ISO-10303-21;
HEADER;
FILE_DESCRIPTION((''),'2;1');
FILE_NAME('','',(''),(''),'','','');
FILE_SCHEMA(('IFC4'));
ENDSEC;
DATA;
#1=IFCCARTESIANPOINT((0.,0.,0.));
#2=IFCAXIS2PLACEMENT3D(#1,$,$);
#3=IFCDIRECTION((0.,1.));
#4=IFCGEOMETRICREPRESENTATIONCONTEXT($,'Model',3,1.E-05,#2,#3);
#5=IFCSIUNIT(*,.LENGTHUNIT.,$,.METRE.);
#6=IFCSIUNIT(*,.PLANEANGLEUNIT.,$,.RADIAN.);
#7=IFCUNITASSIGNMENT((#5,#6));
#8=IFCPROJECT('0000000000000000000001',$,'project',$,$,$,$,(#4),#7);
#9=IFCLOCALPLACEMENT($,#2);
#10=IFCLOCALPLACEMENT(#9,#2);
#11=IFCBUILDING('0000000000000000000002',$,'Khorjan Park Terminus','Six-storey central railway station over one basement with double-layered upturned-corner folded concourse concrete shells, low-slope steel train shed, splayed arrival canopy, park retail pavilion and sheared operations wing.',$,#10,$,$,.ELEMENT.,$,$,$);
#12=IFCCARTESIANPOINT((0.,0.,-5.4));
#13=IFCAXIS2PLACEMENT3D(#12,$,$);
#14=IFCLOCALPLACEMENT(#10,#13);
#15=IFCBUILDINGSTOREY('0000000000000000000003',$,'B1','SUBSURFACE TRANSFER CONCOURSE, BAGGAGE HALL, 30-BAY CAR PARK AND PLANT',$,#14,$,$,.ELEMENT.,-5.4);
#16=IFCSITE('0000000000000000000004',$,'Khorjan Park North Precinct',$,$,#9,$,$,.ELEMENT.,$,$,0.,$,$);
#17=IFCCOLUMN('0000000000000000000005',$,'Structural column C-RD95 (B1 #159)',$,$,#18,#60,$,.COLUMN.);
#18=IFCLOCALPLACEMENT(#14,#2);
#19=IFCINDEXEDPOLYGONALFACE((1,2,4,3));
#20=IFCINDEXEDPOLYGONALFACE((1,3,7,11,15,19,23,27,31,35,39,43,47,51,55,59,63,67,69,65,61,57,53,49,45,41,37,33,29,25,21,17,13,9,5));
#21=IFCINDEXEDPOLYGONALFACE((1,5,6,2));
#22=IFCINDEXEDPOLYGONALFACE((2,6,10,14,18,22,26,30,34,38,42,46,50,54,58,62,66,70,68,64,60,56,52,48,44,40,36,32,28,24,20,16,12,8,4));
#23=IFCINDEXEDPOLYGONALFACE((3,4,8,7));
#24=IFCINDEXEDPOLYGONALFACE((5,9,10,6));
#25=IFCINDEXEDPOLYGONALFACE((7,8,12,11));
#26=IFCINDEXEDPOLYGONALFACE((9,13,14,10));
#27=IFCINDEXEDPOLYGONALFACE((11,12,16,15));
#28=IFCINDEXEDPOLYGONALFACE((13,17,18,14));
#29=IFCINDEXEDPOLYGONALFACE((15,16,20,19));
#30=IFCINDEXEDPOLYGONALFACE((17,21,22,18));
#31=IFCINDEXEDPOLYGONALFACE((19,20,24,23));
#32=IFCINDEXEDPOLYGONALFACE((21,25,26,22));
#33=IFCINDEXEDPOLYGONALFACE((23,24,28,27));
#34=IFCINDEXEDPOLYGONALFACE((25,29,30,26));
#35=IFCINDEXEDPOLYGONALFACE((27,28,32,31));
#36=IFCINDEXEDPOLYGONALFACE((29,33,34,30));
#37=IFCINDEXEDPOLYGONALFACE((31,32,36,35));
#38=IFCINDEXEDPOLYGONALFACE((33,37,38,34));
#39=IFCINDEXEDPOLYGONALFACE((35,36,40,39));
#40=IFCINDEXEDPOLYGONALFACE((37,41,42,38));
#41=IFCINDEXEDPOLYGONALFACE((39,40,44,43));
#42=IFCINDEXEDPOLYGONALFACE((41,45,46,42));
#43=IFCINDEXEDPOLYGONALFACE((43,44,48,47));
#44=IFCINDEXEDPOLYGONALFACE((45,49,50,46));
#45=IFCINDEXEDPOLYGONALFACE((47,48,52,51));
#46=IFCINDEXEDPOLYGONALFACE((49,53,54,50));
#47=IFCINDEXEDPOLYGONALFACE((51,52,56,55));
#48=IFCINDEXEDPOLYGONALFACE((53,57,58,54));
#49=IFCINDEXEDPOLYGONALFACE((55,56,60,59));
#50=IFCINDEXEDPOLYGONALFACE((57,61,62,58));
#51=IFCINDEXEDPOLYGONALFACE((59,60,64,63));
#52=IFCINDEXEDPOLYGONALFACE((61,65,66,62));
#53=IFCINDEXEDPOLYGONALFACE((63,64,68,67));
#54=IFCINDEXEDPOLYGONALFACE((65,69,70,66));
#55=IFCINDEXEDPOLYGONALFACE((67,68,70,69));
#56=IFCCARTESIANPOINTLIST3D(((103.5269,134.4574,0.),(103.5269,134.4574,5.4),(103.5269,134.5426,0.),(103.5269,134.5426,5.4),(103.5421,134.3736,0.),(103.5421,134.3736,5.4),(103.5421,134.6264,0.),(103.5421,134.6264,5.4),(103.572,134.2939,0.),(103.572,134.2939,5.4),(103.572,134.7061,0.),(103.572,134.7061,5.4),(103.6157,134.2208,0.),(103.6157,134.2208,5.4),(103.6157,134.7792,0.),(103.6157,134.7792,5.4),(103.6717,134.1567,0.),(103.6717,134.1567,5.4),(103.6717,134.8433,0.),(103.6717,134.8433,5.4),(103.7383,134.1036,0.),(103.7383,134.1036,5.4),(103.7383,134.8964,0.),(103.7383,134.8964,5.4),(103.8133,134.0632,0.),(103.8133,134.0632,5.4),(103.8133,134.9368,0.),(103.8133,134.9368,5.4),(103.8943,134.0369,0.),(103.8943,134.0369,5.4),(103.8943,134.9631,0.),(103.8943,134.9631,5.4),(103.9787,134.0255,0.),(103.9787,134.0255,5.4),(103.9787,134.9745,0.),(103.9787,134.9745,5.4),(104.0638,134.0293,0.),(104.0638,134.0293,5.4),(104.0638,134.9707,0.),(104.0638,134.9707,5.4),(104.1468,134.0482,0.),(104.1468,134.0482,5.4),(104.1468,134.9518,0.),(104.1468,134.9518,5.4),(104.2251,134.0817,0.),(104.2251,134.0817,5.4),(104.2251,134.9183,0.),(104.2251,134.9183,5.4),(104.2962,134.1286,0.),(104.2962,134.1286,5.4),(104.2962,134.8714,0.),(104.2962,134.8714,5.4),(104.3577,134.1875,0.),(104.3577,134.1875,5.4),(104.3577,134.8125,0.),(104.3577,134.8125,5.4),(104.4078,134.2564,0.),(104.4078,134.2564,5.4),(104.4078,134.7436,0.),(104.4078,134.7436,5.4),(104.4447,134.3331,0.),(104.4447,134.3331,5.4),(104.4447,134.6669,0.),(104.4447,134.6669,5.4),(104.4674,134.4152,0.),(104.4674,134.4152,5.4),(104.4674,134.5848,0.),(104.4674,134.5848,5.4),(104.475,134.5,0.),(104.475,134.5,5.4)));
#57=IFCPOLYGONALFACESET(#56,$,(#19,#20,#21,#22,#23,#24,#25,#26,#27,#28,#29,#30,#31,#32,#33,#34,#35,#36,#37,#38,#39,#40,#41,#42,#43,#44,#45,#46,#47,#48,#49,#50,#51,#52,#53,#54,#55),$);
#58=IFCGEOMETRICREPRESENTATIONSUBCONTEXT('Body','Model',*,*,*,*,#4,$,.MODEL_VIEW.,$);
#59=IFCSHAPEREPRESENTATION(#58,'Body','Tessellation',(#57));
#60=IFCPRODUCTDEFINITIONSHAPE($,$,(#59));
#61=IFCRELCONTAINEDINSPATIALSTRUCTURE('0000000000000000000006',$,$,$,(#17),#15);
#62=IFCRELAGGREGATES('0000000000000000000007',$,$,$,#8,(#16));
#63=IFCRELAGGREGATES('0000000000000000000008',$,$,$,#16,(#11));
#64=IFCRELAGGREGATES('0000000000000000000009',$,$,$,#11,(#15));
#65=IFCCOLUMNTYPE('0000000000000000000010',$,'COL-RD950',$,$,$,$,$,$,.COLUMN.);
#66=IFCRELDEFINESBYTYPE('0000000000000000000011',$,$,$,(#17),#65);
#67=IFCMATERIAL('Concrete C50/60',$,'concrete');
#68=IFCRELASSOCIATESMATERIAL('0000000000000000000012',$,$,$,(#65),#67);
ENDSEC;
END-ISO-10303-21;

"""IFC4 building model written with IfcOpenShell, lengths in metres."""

from ifc_helpers import new_model, si_unit, direction, frame, origin, origin_2d, place, context, subcontext, project, spatial, circle, extrude, material, material_profile, profile_set, type_object, element, save


model = new_model("IFC4")

# Units and contexts
model_context = context("Model", 3, precision=1e-05, world=origin(), true_north=direction((0.0, 1.0)))
body_context = subcontext(model_context, "Body", "Model", "MODEL_VIEW")
ifc_project = project(units=[si_unit("LENGTHUNIT", "METRE"), si_unit("PLANEANGLEUNIT", "RADIAN")], contexts=[model_context])

# Site, building, storey
site_placement = place(None, origin())
site = spatial("IfcSite", under=ifc_project, at=site_placement, Name="Khorjan Park North Precinct", CompositionType="ELEMENT", RefElevation=0.0)
building_placement = place(site_placement, origin())
building = spatial("IfcBuilding", under=site, at=building_placement, Name="Khorjan Park Terminus", Description="Six-storey central railway station over one basement with double-layered upturned-corner folded concourse concrete shells, low-slope steel train shed, splayed arrival canopy, park retail pavilion and sheared operations wing.", CompositionType="ELEMENT")
storey_placement = place(building_placement, frame((0.0, 0.0, -5.4)))
storey = spatial("IfcBuildingStorey", under=building, at=storey_placement, Name="B1", Description="SUBSURFACE TRANSFER CONCOURSE, BAGGAGE HALL, 30-BAY CAR PARK AND PLANT", CompositionType="ELEMENT", Elevation=-5.4)

# Column
ifc_material_1 = material(Name="Concrete C50/60", Category="concrete")
ifc_material_profile_1 = material_profile(ifc_material_1, circle(Radius=0.475, at=origin_2d()), Name="RC D950")
ifc_profile_set_1 = profile_set([ifc_material_profile_1], Name="Concrete C50/60")
column_type_1 = type_object("IfcColumnType", Name="COL-RD950", PredefinedType="COLUMN", material=ifc_profile_set_1)
for number, where, z_axis, x_axis, name in (
    (1, (104.0, 134.5, 0.0), (0.0, 0.0, 1.0), (1.0, 0.0, 0.0), "Structural column C-RD95 (B1 #159)"),
):
    element("IfcColumn", number, at=place(storey_placement, frame(where, z_axis=z_axis, x_axis=x_axis)), inside=storey, type_object=column_type_1, Name=name, PredefinedType="COLUMN", context=body_context, shape_type="SweptSolid", body=[
        extrude(circle(Radius=0.475, at=origin_2d()), origin(), (0.0, 0.0, 1.0), 5.4),
    ])

save(model, "model.ifc")
